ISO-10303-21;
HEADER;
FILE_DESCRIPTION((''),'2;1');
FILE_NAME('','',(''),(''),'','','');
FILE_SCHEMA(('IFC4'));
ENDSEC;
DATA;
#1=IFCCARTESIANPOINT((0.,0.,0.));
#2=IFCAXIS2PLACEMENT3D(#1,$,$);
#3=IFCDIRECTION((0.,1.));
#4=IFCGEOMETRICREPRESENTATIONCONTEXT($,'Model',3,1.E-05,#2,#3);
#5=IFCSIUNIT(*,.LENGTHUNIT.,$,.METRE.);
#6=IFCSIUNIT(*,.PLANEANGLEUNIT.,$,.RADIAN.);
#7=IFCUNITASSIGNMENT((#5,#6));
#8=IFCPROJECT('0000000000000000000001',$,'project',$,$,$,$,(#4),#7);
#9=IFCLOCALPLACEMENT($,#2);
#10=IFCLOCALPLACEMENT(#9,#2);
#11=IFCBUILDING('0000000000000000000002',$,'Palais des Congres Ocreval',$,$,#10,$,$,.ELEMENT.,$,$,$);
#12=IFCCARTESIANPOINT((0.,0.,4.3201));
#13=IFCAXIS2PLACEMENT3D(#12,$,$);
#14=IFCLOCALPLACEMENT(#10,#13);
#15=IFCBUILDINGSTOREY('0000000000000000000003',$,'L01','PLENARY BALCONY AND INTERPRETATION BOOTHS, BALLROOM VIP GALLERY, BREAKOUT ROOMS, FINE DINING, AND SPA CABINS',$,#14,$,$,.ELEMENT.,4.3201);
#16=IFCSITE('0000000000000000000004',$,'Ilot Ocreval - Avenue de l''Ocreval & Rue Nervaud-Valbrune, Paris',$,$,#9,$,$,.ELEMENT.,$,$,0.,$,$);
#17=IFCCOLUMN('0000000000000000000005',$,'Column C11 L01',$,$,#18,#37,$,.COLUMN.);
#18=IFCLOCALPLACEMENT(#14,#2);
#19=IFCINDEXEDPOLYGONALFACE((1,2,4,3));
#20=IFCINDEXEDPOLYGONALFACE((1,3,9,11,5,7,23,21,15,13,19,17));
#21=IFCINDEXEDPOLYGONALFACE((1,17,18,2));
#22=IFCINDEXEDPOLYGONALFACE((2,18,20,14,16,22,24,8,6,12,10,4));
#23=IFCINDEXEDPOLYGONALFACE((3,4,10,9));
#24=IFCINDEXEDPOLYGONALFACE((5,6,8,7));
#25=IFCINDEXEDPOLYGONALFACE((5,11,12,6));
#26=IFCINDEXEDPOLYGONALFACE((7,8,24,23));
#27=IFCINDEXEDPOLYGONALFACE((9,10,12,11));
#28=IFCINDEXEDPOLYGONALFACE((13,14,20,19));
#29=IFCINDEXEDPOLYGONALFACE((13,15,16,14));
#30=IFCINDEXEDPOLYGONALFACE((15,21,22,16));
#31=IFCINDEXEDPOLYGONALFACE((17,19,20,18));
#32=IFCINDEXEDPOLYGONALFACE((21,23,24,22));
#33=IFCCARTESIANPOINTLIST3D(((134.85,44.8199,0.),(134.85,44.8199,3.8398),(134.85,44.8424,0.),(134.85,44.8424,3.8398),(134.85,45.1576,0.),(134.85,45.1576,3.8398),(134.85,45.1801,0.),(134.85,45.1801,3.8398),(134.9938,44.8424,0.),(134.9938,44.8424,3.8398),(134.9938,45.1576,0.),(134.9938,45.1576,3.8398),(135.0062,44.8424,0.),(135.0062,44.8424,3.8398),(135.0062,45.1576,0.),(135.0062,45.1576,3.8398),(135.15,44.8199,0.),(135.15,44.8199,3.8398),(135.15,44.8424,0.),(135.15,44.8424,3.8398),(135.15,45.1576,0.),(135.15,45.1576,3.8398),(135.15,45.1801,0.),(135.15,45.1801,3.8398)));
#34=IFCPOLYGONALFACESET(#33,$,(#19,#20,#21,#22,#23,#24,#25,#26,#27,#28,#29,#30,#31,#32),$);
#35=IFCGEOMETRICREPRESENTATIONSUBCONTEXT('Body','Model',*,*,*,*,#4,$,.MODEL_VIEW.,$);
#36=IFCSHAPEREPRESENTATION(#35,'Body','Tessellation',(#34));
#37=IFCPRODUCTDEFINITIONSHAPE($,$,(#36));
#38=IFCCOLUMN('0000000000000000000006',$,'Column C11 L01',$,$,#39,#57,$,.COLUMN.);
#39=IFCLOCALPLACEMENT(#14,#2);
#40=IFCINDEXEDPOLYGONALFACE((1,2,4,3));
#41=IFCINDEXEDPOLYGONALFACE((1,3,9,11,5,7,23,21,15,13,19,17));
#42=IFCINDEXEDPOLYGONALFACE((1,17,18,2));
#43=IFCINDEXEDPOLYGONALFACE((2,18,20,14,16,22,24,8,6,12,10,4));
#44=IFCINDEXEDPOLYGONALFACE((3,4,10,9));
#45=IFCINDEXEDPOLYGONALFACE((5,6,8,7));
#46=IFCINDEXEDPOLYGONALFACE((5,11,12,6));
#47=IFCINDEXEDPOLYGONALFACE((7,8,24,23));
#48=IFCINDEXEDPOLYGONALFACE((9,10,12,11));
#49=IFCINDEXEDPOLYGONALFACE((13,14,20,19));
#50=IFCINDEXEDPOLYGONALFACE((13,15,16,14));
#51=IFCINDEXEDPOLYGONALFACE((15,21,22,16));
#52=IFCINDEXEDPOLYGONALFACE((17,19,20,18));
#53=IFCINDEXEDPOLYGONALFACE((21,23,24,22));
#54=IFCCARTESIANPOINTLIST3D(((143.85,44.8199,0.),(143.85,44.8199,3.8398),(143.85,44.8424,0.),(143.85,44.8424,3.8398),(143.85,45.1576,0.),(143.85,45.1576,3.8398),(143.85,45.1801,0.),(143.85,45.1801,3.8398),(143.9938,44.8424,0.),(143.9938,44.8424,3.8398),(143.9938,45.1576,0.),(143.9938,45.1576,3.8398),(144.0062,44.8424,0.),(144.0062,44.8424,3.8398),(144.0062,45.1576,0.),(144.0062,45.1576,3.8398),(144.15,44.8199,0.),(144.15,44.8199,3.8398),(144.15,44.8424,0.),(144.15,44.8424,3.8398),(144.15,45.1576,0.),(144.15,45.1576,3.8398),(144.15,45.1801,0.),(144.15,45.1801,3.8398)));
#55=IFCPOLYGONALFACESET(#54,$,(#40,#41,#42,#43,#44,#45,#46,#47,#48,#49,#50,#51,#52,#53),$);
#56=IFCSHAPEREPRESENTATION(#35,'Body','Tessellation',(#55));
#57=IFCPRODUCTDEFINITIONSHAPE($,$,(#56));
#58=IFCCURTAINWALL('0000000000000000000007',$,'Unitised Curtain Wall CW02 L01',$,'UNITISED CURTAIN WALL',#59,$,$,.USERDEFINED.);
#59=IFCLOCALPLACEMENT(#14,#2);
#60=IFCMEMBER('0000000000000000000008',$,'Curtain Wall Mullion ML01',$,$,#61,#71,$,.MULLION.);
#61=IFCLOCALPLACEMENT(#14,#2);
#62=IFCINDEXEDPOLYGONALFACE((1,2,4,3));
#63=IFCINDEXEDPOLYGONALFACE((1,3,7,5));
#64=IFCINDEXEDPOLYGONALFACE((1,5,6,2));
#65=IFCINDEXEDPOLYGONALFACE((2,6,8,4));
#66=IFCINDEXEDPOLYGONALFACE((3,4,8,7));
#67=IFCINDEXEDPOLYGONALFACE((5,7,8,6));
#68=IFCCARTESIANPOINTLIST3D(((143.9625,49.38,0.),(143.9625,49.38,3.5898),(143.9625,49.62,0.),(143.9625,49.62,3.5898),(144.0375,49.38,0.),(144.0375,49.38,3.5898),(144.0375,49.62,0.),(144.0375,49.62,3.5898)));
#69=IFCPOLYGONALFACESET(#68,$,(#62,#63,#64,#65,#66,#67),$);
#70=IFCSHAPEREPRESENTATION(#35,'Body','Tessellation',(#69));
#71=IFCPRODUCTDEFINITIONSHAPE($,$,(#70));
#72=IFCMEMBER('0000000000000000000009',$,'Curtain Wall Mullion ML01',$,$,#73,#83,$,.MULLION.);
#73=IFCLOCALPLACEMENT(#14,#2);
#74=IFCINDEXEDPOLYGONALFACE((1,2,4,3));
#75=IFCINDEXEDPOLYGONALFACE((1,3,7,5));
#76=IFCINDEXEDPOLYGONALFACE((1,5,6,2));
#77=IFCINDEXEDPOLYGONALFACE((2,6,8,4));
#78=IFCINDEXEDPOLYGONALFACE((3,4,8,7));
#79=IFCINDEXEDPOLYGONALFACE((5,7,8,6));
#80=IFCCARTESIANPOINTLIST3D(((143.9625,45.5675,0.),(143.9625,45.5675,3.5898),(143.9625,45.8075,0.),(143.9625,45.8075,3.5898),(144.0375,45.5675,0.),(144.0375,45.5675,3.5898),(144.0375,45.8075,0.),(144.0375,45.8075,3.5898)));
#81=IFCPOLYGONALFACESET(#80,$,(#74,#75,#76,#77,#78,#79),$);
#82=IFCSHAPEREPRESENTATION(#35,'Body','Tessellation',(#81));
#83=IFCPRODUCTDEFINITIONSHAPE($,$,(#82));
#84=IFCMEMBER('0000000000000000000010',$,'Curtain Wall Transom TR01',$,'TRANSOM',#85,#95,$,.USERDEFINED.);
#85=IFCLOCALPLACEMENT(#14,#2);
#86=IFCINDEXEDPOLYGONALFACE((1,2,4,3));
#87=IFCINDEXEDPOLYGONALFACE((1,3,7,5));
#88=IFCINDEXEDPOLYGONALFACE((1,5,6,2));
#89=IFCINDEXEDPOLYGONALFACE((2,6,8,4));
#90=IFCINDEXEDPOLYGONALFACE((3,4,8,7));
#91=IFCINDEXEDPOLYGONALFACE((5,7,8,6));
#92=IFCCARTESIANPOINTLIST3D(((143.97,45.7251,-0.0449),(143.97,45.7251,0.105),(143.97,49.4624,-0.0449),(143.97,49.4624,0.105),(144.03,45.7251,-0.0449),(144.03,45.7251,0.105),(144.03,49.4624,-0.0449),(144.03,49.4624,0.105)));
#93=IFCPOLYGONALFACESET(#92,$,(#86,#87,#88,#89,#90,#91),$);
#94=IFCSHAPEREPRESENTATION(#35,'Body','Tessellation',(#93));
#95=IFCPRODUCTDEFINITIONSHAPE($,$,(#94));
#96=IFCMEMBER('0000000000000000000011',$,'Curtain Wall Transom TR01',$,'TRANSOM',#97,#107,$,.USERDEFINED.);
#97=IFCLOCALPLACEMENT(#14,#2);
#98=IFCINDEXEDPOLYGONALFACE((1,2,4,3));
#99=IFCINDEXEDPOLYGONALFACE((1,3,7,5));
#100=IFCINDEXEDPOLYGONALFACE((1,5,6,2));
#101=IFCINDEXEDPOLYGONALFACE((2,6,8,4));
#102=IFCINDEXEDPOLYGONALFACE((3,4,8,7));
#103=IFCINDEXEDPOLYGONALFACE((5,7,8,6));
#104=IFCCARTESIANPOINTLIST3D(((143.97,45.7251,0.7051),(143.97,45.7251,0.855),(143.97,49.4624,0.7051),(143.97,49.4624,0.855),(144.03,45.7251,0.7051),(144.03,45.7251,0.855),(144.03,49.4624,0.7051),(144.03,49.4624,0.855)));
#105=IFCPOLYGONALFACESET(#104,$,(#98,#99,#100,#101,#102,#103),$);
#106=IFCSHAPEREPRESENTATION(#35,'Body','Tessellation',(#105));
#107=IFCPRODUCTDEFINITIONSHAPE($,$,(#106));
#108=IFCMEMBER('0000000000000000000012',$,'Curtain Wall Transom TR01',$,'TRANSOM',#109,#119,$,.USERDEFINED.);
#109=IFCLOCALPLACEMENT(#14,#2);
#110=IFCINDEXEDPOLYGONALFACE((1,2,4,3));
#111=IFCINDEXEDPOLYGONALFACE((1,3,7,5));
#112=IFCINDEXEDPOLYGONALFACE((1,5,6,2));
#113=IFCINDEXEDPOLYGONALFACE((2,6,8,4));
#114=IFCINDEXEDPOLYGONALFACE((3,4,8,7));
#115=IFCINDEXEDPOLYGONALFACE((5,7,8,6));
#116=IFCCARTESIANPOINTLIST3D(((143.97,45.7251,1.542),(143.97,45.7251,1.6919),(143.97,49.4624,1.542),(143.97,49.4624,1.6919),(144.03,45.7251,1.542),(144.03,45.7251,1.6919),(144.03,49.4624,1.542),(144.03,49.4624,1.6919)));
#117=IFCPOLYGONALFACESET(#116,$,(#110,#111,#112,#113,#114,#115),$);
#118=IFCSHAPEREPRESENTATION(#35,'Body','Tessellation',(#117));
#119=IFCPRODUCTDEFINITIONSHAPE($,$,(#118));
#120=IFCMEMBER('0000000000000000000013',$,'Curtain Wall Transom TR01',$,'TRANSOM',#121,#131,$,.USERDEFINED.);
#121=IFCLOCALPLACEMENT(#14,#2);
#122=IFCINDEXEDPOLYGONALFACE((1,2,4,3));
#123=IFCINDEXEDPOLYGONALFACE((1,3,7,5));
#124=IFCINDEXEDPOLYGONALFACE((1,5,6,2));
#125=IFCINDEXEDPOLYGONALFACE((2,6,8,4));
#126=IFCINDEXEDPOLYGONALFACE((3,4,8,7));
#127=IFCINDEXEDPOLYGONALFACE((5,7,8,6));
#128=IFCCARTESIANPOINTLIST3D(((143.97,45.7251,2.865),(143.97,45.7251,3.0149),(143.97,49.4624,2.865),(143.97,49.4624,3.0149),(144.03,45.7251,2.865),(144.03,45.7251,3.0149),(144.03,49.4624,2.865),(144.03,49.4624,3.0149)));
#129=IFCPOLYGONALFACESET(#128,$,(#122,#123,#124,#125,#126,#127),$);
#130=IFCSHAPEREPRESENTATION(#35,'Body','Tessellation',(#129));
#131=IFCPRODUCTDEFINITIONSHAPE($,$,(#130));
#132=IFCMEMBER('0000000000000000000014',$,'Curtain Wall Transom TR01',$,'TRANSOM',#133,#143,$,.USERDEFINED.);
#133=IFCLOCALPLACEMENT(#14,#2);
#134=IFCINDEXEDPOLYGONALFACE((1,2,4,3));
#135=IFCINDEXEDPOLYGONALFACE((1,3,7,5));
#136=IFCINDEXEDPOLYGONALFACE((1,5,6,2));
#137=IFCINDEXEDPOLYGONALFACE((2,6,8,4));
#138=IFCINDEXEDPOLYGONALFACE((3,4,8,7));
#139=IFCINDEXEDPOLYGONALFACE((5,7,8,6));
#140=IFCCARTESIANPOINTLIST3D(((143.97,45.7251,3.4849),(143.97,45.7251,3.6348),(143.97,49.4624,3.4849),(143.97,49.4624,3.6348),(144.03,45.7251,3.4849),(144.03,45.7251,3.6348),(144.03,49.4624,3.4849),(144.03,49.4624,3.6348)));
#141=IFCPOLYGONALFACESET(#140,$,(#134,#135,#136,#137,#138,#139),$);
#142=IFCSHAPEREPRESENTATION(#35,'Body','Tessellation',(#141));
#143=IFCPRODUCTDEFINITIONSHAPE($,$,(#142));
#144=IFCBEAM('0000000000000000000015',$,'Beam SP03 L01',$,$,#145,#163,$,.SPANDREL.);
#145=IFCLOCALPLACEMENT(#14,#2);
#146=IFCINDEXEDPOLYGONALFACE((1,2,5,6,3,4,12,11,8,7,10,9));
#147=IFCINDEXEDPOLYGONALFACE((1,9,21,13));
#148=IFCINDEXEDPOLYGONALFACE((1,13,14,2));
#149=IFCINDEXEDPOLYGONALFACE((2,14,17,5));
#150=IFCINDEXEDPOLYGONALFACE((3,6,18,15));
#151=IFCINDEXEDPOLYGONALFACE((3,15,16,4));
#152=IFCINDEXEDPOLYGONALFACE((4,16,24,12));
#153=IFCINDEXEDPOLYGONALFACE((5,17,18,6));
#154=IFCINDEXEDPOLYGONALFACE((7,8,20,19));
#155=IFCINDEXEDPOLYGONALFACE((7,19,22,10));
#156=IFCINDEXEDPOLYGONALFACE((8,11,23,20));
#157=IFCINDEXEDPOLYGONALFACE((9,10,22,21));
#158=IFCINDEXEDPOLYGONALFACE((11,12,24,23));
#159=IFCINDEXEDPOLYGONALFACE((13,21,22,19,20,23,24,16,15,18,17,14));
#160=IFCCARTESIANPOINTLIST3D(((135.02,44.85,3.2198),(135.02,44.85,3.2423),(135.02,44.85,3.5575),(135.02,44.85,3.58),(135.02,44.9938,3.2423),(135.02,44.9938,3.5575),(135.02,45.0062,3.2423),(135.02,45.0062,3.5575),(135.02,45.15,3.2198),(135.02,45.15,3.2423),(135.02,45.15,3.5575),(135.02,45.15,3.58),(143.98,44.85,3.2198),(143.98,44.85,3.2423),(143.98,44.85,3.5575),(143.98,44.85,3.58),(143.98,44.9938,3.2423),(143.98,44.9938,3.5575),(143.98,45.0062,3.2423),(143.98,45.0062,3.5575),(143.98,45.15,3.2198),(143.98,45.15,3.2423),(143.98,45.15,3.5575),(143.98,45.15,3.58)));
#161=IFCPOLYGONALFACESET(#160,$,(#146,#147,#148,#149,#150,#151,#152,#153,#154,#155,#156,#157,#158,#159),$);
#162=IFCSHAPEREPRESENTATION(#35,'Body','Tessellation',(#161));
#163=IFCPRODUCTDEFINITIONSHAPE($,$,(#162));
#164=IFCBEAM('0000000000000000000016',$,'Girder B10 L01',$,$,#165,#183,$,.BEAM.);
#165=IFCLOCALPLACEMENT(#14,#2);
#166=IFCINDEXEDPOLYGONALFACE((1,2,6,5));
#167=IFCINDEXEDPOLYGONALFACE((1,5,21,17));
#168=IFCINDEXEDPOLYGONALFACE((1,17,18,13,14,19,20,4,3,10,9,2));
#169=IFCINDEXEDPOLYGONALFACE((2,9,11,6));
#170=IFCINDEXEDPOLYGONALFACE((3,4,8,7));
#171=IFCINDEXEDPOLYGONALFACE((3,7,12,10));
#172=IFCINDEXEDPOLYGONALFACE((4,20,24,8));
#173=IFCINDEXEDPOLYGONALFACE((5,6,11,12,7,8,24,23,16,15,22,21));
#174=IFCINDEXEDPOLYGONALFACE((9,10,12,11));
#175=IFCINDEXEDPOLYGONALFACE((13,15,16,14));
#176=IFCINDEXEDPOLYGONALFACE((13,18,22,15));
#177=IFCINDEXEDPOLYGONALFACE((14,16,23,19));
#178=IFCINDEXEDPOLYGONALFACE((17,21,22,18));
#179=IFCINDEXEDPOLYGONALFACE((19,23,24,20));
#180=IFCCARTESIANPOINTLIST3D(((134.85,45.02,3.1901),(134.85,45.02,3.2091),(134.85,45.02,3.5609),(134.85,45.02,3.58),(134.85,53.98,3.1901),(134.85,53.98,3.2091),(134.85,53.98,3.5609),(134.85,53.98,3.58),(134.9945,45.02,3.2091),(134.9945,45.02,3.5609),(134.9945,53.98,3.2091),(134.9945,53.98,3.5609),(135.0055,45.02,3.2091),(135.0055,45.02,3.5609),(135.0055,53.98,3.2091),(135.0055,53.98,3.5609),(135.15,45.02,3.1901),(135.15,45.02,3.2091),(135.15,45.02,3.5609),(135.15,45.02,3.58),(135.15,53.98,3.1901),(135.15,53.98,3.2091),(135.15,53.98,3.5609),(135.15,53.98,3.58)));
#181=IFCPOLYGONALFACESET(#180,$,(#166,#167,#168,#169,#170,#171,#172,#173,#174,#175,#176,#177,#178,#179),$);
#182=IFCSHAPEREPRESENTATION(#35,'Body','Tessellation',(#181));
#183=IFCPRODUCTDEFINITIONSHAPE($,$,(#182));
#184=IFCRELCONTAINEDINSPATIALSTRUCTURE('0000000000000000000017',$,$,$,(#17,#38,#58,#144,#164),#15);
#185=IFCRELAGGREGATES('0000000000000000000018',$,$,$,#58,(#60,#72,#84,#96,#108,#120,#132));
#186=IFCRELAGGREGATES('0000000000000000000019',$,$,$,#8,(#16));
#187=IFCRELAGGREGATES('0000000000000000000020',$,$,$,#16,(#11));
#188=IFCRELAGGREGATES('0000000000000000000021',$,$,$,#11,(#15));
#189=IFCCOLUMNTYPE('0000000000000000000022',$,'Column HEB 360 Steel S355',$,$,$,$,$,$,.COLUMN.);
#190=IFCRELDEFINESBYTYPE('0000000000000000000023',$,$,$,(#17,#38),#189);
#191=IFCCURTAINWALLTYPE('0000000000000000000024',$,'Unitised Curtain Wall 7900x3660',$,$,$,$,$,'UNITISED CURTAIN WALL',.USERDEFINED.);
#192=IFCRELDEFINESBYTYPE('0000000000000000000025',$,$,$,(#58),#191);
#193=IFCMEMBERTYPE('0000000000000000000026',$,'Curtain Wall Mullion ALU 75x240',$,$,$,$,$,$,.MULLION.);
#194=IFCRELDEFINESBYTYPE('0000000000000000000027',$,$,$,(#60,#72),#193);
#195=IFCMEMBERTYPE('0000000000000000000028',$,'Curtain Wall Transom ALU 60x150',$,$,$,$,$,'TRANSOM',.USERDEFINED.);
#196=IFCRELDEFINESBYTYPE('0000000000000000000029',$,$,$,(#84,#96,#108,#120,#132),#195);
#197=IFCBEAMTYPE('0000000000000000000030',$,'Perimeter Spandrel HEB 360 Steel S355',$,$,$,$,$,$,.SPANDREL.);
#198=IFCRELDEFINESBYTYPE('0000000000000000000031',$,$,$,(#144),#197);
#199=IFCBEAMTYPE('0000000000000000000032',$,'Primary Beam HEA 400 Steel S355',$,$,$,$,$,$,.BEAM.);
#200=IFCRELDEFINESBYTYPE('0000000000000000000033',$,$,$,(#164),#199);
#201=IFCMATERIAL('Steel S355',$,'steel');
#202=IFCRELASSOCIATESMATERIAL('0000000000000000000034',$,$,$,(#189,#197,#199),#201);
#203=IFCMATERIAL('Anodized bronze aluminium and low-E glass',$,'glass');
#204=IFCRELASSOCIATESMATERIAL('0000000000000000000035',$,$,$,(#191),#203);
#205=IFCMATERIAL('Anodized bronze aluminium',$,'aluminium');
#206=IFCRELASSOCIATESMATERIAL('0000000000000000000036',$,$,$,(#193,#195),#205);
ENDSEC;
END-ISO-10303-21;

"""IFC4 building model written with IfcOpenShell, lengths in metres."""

from ifc_helpers import new_model, si_unit, direction, frame, origin, origin_2d, place, context, subcontext, project, spatial, rectangle, i_section, extrude, material, material_profile, profile_set, type_object, element, aggregate, save


model = new_model("IFC4")

# Units and contexts
model_context = context("Model", 3, precision=1e-05, world=origin(), true_north=direction((0.0, 1.0)))
body_context = subcontext(model_context, "Body", "Model", "MODEL_VIEW")
ifc_project = project(units=[si_unit("LENGTHUNIT", "METRE"), si_unit("PLANEANGLEUNIT", "RADIAN")], contexts=[model_context])

# Site, building, storey
site_placement = place(None, origin())
site = spatial("IfcSite", under=ifc_project, at=site_placement, Name="Ilot Ocreval - Avenue de l'Ocreval & Rue Nervaud-Valbrune, Paris", CompositionType="ELEMENT", RefElevation=0.0)
building_placement = place(site_placement, origin())
building = spatial("IfcBuilding", under=site, at=building_placement, Name="Palais des Congres Ocreval", CompositionType="ELEMENT")
storey_placement = place(building_placement, frame((0.0, 0.0, 4.3201)))
storey = spatial("IfcBuildingStorey", under=building, at=storey_placement, Name="L01", Description="PLENARY BALCONY AND INTERPRETATION BOOTHS, BALLROOM VIP GALLERY, BREAKOUT ROOMS, FINE DINING, AND SPA CABINS", CompositionType="ELEMENT", Elevation=4.3201)

# Columns
ifc_material_1 = material(Name="Steel S355", Category="steel")
ifc_material_profile_1 = material_profile(ifc_material_1, i_section(OverallWidth=0.3, OverallDepth=0.3601, WebThickness=0.0125, FlangeThickness=0.0225, at=origin_2d()), Name="HEB 360")
ifc_profile_set_1 = profile_set([ifc_material_profile_1], Name="Steel S355")
column_type = type_object("IfcColumnType", Name="Column HEB 360 Steel S355", PredefinedType="COLUMN", material=ifc_profile_set_1)
for number, where, z_axis, x_axis, name in (
    (1, (135.0, 45.0, 0.0), (0.0, 0.0, 1.0), (1.0, 0.0, 0.0), "Column C11 L01"),
    (2, (144.0, 45.0, 0.0), (0.0, 0.0, 1.0), (1.0, 0.0, 0.0), "Column C11 L01"),
):
    element("IfcColumn", number, at=place(storey_placement, frame(where, z_axis=z_axis, x_axis=x_axis)), inside=storey, type_object=column_type, Name=name, PredefinedType="COLUMN", context=body_context, shape_type="SweptSolid", body=[
        extrude(i_section(OverallWidth=0.3, OverallDepth=0.3601, WebThickness=0.0125, FlangeThickness=0.0225, at=origin_2d()), origin(), (0.0, 0.0, 1.0), 3.8398),
    ])

# Curtain wall, members
ifc_material_2 = material(Name="Anodized bronze aluminium and low-E glass", Category="glass")
curtain_wall_type = type_object("IfcCurtainWallType", Name="Unitised Curtain Wall 7900x3660", ElementType="UNITISED CURTAIN WALL", PredefinedType="USERDEFINED", material=ifc_material_2)
curtain_wall_placement = place(storey_placement, origin())
curtain_wall = element("IfcCurtainWall", 3, at=curtain_wall_placement, inside=storey, type_object=curtain_wall_type, Name="Unitised Curtain Wall CW02 L01", ObjectType="UNITISED CURTAIN WALL", PredefinedType="USERDEFINED")
ifc_material_3 = material(Name="Anodized bronze aluminium", Category="aluminium")
ifc_material_profile_2 = material_profile(ifc_material_3, rectangle(XDim=0.075, YDim=0.24, at=origin_2d()), Name="ALU 75x240")
ifc_profile_set_2 = profile_set([ifc_material_profile_2], Name="Anodized bronze aluminium")
member_type_1 = type_object("IfcMemberType", Name="Curtain Wall Mullion ALU 75x240", PredefinedType="MULLION", material=ifc_profile_set_2)
member_1_placement = place(storey_placement, frame((144.0, 49.5, 0.0), z_axis=(0.0, 0.0, 1.0), x_axis=(1.0, 0.0, 0.0)))
member_1 = element("IfcMember", 4, at=member_1_placement, type_object=member_type_1, Name="Curtain Wall Mullion ML01", PredefinedType="MULLION", context=body_context, shape_type="SweptSolid", body=[
    extrude(rectangle(XDim=0.075, YDim=0.24, at=origin_2d()), origin(), (0.0, 0.0, 1.0), 3.5898),
])
member_2_placement = place(storey_placement, frame((144.0, 45.6875, 0.0), z_axis=(0.0, 0.0, 1.0), x_axis=(1.0, 0.0, 0.0)))
member_2 = element("IfcMember", 5, at=member_2_placement, type_object=member_type_1, Name="Curtain Wall Mullion ML01", PredefinedType="MULLION", context=body_context, shape_type="SweptSolid", body=[
    extrude(rectangle(XDim=0.075, YDim=0.24, at=origin_2d()), origin(), (0.0, 0.0, 1.0), 3.5898),
])
ifc_material_profile_3 = material_profile(ifc_material_3, rectangle(XDim=0.0601, YDim=0.1499, at=origin_2d()), Name="ALU 60x150")
ifc_profile_set_3 = profile_set([ifc_material_profile_3], Name="Anodized bronze aluminium")
member_type_2 = type_object("IfcMemberType", Name="Curtain Wall Transom ALU 60x150", ElementType="TRANSOM", PredefinedType="USERDEFINED", material=ifc_profile_set_3)
member_3_placement = place(storey_placement, frame((144.0, 49.4624, 0.03), z_axis=(0.0, -1.0, 0.0), x_axis=(1.0, 0.0, 0.0)))
member_3 = element("IfcMember", 6, at=member_3_placement, type_object=member_type_2, Name="Curtain Wall Transom TR01", ObjectType="TRANSOM", PredefinedType="USERDEFINED", context=body_context, shape_type="SweptSolid", body=[
    extrude(rectangle(XDim=0.0601, YDim=0.1499, at=origin_2d()), origin(), (0.0, 0.0, 1.0), 3.7373),
])
member_4_placement = place(storey_placement, frame((144.0, 49.4624, 0.78), z_axis=(0.0, -1.0, 0.0), x_axis=(1.0, 0.0, 0.0)))
member_4 = element("IfcMember", 7, at=member_4_placement, type_object=member_type_2, Name="Curtain Wall Transom TR01", ObjectType="TRANSOM", PredefinedType="USERDEFINED", context=body_context, shape_type="SweptSolid", body=[
    extrude(rectangle(XDim=0.0601, YDim=0.1499, at=origin_2d()), origin(), (0.0, 0.0, 1.0), 3.7373),
])
member_5_placement = place(storey_placement, frame((144.0, 49.4624, 1.6169), z_axis=(0.0, -1.0, 0.0), x_axis=(1.0, 0.0, 0.0)))
member_5 = element("IfcMember", 8, at=member_5_placement, type_object=member_type_2, Name="Curtain Wall Transom TR01", ObjectType="TRANSOM", PredefinedType="USERDEFINED", context=body_context, shape_type="SweptSolid", body=[
    extrude(rectangle(XDim=0.0601, YDim=0.1499, at=origin_2d()), origin(), (0.0, 0.0, 1.0), 3.7373),
])
member_6_placement = place(storey_placement, frame((144.0, 49.4624, 2.9399), z_axis=(0.0, -1.0, 0.0), x_axis=(1.0, 0.0, 0.0)))
member_6 = element("IfcMember", 9, at=member_6_placement, type_object=member_type_2, Name="Curtain Wall Transom TR01", ObjectType="TRANSOM", PredefinedType="USERDEFINED", context=body_context, shape_type="SweptSolid", body=[
    extrude(rectangle(XDim=0.0601, YDim=0.1499, at=origin_2d()), origin(), (0.0, 0.0, 1.0), 3.7373),
])
member_7_placement = place(storey_placement, frame((144.0, 49.4624, 3.5598), z_axis=(0.0, -1.0, 0.0), x_axis=(1.0, 0.0, 0.0)))
member_7 = element("IfcMember", 10, at=member_7_placement, type_object=member_type_2, Name="Curtain Wall Transom TR01", ObjectType="TRANSOM", PredefinedType="USERDEFINED", context=body_context, shape_type="SweptSolid", body=[
    extrude(rectangle(XDim=0.0601, YDim=0.1499, at=origin_2d()), origin(), (0.0, 0.0, 1.0), 3.7373),
])

# Beams
ifc_material_profile_4 = material_profile(ifc_material_1, i_section(OverallWidth=0.3, OverallDepth=0.3601, WebThickness=0.0125, FlangeThickness=0.0225, at=origin_2d()), Name="HEB 360")
ifc_profile_set_4 = profile_set([ifc_material_profile_4], Name="Steel S355")
beam_type_1 = type_object("IfcBeamType", Name="Perimeter Spandrel HEB 360 Steel S355", PredefinedType="SPANDREL", material=ifc_profile_set_4)
beam_1_placement = place(storey_placement, frame((135.02, 45.0, 3.3999), z_axis=(1.0, 0.0, 0.0), x_axis=(0.0, 1.0, 0.0)))
element("IfcBeam", 11, at=beam_1_placement, inside=storey, type_object=beam_type_1, Name="Beam SP03 L01", PredefinedType="SPANDREL", context=body_context, shape_type="SweptSolid", body=[
    extrude(i_section(OverallWidth=0.3, OverallDepth=0.3601, WebThickness=0.0125, FlangeThickness=0.0225, at=origin_2d()), origin(), (0.0, 0.0, 1.0), 8.96),
])
ifc_material_profile_5 = material_profile(ifc_material_1, i_section(OverallWidth=0.3, OverallDepth=0.3899, WebThickness=0.011, FlangeThickness=0.019, at=origin_2d()), Name="HEA 400")
ifc_profile_set_5 = profile_set([ifc_material_profile_5], Name="Steel S355")
beam_type_2 = type_object("IfcBeamType", Name="Primary Beam HEA 400 Steel S355", PredefinedType="BEAM", material=ifc_profile_set_5)
beam_2_placement = place(storey_placement, frame((135.0, 45.02, 3.385), z_axis=(0.0, 1.0, 0.0), x_axis=(-1.0, 0.0, 0.0)))
element("IfcBeam", 12, at=beam_2_placement, inside=storey, type_object=beam_type_2, Name="Girder B10 L01", PredefinedType="BEAM", context=body_context, shape_type="SweptSolid", body=[
    extrude(i_section(OverallWidth=0.3, OverallDepth=0.3899, WebThickness=0.011, FlangeThickness=0.019, at=origin_2d()), origin(), (0.0, 0.0, 1.0), 8.96),
])

aggregate(curtain_wall, [member_1, member_2, member_3, member_4, member_5, member_6, member_7])

save(model, "model.ifc")
